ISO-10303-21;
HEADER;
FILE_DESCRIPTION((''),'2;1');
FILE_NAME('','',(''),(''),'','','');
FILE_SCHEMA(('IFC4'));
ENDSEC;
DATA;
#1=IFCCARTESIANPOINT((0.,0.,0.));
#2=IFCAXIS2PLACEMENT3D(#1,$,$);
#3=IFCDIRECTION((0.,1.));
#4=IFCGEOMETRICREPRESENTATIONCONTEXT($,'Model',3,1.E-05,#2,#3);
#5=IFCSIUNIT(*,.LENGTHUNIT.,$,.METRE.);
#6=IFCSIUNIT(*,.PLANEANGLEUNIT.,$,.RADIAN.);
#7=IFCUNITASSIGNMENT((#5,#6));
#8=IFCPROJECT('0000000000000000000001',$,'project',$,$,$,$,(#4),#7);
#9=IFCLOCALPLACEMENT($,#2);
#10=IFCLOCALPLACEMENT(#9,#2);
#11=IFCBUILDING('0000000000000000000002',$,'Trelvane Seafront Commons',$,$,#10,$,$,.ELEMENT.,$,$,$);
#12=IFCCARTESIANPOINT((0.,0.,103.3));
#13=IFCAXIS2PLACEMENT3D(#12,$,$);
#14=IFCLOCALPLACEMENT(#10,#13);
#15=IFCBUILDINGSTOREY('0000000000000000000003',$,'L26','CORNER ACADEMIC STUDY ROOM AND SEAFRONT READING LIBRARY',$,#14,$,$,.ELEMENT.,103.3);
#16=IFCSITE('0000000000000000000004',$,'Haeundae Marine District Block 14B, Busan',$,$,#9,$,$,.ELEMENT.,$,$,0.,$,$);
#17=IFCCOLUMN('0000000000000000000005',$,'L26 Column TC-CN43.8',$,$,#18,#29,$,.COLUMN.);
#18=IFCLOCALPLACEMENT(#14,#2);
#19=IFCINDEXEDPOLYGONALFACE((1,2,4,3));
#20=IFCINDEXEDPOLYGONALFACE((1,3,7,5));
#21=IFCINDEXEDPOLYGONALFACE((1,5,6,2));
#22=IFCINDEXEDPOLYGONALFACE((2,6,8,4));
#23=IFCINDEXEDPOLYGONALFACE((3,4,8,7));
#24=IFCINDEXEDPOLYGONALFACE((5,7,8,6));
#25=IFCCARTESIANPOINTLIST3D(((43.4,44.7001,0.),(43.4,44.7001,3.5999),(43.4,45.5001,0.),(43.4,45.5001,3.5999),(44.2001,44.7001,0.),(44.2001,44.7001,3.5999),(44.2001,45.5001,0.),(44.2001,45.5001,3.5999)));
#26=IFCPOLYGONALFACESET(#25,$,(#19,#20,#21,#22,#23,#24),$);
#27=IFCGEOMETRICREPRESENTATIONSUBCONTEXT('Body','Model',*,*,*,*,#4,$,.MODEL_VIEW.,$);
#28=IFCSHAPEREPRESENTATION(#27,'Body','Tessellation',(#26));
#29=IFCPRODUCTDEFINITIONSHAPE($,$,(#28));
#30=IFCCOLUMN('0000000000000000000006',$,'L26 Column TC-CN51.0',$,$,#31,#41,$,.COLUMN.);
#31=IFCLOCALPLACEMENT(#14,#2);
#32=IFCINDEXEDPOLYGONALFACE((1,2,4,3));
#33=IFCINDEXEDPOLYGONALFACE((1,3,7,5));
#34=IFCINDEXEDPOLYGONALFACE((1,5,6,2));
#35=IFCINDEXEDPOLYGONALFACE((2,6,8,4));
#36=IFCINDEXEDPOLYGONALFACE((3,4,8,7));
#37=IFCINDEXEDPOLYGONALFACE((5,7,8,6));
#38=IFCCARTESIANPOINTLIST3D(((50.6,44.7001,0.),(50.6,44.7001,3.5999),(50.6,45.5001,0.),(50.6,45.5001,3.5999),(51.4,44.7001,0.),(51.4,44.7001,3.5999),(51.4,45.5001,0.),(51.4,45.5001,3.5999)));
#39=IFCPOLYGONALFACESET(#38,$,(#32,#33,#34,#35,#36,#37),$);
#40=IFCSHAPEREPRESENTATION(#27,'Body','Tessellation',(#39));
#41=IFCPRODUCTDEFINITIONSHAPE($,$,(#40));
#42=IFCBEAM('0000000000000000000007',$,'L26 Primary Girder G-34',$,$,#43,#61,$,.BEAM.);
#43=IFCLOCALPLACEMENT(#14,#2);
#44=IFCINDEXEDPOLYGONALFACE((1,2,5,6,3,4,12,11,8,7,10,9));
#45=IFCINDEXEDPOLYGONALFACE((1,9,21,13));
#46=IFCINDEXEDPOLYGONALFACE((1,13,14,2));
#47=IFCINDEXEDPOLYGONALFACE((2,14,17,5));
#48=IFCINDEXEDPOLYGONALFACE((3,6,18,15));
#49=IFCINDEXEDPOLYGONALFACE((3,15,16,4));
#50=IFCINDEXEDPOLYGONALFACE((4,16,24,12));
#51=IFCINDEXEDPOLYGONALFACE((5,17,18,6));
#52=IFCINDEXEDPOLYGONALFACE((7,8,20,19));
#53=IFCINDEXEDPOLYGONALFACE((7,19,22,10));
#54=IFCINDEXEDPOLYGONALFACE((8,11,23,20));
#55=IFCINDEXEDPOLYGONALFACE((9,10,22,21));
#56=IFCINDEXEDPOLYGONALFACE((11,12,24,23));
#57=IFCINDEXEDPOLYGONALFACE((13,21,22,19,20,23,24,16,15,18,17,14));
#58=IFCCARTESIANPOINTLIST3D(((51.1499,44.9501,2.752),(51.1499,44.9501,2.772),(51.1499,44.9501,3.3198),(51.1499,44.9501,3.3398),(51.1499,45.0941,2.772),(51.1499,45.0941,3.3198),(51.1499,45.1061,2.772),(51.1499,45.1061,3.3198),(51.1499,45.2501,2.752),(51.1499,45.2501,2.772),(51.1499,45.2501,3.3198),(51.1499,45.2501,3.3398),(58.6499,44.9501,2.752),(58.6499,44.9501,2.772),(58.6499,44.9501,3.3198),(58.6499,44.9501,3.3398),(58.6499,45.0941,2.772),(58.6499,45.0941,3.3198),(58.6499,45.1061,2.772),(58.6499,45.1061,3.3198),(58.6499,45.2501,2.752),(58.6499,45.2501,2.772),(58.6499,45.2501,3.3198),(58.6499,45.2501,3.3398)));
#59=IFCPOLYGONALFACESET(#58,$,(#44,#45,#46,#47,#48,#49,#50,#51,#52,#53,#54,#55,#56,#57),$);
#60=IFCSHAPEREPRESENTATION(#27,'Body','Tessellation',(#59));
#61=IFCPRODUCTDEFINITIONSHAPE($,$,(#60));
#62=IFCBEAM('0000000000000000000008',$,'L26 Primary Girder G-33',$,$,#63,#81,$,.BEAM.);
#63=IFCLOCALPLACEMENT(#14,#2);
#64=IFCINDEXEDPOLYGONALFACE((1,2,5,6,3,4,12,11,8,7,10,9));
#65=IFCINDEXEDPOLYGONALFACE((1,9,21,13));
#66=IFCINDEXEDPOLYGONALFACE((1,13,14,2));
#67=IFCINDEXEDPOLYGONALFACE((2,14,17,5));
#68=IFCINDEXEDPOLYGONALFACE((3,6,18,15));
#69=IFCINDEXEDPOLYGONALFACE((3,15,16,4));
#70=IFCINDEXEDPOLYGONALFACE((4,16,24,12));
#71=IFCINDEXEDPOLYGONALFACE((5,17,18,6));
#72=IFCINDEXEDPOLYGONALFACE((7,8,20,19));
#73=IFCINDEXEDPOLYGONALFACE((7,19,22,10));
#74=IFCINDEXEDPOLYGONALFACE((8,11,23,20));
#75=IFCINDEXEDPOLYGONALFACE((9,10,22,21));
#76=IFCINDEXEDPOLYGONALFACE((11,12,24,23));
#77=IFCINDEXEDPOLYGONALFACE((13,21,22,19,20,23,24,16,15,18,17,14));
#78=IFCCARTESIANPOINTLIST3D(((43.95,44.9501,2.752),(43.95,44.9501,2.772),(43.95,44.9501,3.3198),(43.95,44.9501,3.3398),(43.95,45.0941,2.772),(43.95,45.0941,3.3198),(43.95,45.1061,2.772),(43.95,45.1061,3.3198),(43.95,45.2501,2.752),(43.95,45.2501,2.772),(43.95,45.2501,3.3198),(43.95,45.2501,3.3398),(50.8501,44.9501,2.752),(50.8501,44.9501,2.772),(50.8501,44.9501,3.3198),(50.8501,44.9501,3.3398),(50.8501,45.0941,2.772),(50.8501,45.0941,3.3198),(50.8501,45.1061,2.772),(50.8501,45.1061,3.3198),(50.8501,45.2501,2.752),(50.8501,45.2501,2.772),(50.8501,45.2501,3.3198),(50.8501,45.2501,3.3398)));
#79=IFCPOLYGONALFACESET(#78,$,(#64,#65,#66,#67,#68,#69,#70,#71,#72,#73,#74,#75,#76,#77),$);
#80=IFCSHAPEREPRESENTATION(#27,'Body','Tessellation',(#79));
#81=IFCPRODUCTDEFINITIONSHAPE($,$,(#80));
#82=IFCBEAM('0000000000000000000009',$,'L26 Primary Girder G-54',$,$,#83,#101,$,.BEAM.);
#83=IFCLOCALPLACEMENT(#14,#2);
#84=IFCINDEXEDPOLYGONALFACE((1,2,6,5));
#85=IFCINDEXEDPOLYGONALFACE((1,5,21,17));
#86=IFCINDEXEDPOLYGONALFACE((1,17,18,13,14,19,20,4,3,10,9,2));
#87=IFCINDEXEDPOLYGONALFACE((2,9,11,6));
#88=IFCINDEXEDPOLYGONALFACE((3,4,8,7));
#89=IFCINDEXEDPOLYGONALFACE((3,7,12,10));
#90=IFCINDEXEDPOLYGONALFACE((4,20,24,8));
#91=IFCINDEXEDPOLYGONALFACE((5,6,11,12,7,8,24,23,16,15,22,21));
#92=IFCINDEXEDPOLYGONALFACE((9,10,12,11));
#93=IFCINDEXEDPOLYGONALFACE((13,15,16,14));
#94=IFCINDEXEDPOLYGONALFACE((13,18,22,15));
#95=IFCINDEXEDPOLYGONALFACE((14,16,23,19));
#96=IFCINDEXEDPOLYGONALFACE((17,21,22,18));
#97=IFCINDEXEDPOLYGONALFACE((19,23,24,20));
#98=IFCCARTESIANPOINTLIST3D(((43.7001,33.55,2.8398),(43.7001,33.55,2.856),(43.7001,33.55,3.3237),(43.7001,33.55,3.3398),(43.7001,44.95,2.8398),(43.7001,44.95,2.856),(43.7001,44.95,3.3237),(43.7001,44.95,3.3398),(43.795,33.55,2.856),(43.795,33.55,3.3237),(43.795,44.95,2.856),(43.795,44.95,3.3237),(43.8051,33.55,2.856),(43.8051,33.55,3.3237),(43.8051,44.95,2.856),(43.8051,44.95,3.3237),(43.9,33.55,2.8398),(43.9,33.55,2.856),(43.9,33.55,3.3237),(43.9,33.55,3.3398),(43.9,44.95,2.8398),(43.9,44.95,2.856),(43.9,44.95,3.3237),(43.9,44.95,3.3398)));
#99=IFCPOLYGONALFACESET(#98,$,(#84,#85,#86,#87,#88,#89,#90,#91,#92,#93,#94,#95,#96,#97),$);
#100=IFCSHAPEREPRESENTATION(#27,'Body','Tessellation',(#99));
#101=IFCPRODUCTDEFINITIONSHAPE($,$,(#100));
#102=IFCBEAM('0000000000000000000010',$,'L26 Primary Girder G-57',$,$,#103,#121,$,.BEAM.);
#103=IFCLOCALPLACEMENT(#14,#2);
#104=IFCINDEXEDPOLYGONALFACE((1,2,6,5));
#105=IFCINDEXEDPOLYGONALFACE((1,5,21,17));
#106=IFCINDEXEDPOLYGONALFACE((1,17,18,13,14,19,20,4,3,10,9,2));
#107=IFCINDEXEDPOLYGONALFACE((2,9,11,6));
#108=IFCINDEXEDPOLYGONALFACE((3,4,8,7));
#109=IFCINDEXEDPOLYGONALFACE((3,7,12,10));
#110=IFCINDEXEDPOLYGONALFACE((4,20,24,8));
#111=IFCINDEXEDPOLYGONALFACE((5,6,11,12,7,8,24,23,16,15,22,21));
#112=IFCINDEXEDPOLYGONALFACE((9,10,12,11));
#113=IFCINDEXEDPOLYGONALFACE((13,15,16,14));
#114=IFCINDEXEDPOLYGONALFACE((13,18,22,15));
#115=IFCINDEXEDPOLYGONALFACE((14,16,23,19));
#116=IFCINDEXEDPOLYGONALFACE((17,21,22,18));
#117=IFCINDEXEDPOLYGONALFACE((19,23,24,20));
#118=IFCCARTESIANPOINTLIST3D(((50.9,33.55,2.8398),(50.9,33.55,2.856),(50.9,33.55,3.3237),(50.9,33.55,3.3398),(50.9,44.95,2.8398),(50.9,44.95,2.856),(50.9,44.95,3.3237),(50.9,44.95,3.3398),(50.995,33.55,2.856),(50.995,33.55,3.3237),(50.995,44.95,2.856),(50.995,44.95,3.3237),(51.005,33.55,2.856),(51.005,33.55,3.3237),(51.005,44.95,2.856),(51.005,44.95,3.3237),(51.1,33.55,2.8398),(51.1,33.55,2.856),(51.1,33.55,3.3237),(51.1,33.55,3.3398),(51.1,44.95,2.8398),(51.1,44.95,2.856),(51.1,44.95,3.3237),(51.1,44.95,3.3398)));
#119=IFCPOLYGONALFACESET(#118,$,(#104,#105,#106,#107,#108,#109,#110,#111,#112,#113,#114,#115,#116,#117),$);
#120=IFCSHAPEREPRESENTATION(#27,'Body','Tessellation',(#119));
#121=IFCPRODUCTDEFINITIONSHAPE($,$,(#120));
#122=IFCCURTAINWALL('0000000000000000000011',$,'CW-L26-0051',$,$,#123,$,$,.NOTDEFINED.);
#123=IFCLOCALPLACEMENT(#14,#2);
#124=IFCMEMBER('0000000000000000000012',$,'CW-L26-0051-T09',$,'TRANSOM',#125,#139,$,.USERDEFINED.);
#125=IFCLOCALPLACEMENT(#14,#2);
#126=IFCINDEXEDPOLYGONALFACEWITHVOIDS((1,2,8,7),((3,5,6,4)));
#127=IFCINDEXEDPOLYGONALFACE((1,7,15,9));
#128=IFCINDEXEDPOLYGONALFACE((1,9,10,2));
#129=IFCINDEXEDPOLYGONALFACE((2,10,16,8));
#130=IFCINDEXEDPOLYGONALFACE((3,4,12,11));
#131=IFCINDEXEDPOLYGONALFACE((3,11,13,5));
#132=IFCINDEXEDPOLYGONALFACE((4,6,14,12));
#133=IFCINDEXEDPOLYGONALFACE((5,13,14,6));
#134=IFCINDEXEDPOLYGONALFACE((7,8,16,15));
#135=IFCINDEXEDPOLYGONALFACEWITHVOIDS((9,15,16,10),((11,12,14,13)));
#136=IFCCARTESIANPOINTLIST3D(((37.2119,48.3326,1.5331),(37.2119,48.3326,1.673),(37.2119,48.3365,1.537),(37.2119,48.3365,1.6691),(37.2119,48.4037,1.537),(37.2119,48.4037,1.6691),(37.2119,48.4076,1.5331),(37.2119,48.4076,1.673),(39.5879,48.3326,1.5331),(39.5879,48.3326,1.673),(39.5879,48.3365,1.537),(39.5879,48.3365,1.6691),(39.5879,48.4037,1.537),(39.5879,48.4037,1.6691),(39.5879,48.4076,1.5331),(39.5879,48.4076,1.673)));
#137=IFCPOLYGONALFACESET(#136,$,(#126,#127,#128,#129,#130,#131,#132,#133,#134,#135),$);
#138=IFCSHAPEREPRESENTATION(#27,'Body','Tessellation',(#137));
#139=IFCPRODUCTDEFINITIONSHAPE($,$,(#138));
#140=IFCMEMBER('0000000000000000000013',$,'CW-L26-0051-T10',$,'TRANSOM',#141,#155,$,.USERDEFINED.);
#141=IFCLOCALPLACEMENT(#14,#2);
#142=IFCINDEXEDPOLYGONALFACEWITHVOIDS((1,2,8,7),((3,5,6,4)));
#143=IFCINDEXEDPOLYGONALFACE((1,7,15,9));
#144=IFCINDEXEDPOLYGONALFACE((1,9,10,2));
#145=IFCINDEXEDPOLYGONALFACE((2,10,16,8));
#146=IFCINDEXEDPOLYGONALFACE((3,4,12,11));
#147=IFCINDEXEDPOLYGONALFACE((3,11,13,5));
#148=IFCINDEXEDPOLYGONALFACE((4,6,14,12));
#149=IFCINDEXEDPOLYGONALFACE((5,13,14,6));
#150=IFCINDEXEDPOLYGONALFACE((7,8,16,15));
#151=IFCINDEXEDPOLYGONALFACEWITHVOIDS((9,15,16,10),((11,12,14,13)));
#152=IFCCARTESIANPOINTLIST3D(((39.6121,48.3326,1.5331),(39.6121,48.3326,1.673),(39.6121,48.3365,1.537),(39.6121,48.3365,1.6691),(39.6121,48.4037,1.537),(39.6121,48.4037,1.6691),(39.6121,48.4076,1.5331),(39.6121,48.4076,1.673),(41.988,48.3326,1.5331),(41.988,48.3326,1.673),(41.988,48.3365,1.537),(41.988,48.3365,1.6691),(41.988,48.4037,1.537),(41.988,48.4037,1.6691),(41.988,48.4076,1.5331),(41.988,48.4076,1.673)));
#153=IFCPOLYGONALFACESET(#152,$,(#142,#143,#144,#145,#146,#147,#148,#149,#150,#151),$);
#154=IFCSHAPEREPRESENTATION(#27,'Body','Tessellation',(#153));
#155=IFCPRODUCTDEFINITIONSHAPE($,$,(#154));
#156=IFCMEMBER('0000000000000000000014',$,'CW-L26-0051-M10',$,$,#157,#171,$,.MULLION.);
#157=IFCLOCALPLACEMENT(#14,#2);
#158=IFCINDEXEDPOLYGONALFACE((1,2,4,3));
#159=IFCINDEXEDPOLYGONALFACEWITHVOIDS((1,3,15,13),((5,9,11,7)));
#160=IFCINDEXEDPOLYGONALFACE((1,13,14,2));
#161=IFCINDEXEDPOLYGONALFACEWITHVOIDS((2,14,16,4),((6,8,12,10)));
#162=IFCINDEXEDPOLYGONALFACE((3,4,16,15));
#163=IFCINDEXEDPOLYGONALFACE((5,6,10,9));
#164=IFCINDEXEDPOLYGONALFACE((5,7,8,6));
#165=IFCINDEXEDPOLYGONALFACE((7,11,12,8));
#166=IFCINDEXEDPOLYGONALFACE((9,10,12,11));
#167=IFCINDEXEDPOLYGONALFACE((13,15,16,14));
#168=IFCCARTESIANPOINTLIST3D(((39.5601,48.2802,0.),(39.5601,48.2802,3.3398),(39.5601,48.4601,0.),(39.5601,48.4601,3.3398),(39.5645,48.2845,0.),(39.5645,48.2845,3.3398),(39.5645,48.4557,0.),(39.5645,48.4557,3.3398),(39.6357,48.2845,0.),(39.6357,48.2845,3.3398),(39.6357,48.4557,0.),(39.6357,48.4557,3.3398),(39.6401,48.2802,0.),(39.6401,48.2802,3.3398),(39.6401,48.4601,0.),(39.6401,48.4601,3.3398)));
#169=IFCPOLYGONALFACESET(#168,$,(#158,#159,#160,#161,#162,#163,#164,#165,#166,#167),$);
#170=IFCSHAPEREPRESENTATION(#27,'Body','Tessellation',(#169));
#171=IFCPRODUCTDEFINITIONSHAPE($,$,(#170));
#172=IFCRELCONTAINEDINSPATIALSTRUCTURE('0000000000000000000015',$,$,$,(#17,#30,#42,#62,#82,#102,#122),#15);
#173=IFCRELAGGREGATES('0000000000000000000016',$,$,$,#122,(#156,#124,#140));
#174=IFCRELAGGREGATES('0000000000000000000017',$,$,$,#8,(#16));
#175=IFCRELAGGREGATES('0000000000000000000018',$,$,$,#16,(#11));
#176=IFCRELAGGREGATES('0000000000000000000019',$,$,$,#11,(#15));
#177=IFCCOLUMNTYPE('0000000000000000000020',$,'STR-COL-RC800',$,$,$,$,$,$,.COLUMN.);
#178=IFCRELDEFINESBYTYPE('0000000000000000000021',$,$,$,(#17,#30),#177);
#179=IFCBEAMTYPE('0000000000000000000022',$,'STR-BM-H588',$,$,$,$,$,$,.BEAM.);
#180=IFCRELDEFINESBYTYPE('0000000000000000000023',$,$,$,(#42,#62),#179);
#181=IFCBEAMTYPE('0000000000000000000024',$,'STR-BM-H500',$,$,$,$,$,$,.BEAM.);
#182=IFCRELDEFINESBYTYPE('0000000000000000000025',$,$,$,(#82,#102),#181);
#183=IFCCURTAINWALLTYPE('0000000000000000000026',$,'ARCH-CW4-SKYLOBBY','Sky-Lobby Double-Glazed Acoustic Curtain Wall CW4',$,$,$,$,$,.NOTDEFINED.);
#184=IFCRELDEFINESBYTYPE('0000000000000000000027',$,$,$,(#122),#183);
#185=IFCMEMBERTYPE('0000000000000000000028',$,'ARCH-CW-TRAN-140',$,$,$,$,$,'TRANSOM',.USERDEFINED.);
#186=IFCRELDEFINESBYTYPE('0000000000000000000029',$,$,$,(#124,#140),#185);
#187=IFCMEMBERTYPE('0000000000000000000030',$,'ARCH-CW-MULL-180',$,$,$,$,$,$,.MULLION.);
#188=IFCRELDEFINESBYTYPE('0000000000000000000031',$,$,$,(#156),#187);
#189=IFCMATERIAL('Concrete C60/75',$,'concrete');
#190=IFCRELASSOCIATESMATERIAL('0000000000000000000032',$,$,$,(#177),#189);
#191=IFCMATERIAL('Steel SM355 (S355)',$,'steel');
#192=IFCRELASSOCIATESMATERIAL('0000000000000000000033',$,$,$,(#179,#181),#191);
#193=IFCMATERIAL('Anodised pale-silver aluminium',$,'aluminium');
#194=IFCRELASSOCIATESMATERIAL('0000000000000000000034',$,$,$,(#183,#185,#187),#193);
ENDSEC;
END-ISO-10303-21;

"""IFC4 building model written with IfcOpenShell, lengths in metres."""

from ifc_helpers import new_model, si_unit, direction, frame, origin, origin_2d, place, context, subcontext, project, spatial, rectangle, hollow_rectangle, i_section, extrude, source, transform, mapped, material, material_profile, profile_set, type_object, element, aggregate, save


model = new_model("IFC4")

# Units and contexts
model_context = context("Model", 3, precision=1e-05, world=origin(), true_north=direction((0.0, 1.0)))
body_context = subcontext(model_context, "Body", "Model", "MODEL_VIEW")
ifc_project = project(units=[si_unit("LENGTHUNIT", "METRE"), si_unit("PLANEANGLEUNIT", "RADIAN")], contexts=[model_context])

# Site, building, storey
site_placement = place(None, origin())
site = spatial("IfcSite", under=ifc_project, at=site_placement, Name="Haeundae Marine District Block 14B, Busan", CompositionType="ELEMENT", RefElevation=0.0)
building_placement = place(site_placement, origin())
building = spatial("IfcBuilding", under=site, at=building_placement, Name="Trelvane Seafront Commons", CompositionType="ELEMENT")
storey_placement = place(building_placement, frame((0.0, 0.0, 103.3)))
storey = spatial("IfcBuildingStorey", under=building, at=storey_placement, Name="L26", Description="CORNER ACADEMIC STUDY ROOM AND SEAFRONT READING LIBRARY", CompositionType="ELEMENT", Elevation=103.3)

# Columns
ifc_material_1 = material(Name="Concrete C60/75", Category="concrete")
ifc_material_profile_1 = material_profile(ifc_material_1, rectangle(XDim=0.8, YDim=0.8, at=origin_2d()), Name="RC-800x800")
ifc_profile_set_1 = profile_set([ifc_material_profile_1], Name="Concrete C60/75")
column_type = type_object("IfcColumnType", Name="STR-COL-RC800", PredefinedType="COLUMN", material=ifc_profile_set_1)
shared_shape_1 = source(origin(), body_context, "Body", "SweptSolid", [
    extrude(rectangle(XDim=0.8, YDim=0.8, at=origin_2d()), origin(), (0.0, 0.0, 1.0), 3.5999),
])
for number, where, z_axis, x_axis, name in (
    (1, (43.8, 45.1001, 0.0), (0.0, 0.0, 1.0), (1.0, 0.0, 0.0), "L26 Column TC-CN43.8"),
    (2, (51.0, 45.1001, 0.0), (0.0, 0.0, 1.0), (1.0, 0.0, 0.0), "L26 Column TC-CN51.0"),
):
    element("IfcColumn", number, at=place(storey_placement, frame(where, z_axis=z_axis, x_axis=x_axis)), inside=storey, type_object=column_type, Name=name, PredefinedType="COLUMN", context=body_context, shape_type="MappedRepresentation", body=[
        mapped(shared_shape_1, transform((0.0, 0.0, 0.0), x_axis=(1.0, 0.0, 0.0), y_axis=(0.0, 1.0, 0.0), z_axis=(0.0, 0.0, 1.0), scale=1.0)),
    ])

# Beams
ifc_material_2 = material(Name="Steel SM355 (S355)", Category="steel")
ifc_material_profile_2 = material_profile(ifc_material_2, i_section(OverallWidth=0.3, OverallDepth=0.5879, WebThickness=0.012, FlangeThickness=0.02, at=origin_2d()), Name="H-588x300x12x20")
ifc_profile_set_2 = profile_set([ifc_material_profile_2], Name="Steel SM355 (S355)")
beam_type_1 = type_object("IfcBeamType", Name="STR-BM-H588", PredefinedType="BEAM", material=ifc_profile_set_2)
shared_shape_2 = source(origin(), body_context, "Body", "SweptSolid", [
    extrude(i_section(OverallWidth=0.3, OverallDepth=0.5879, WebThickness=0.012, FlangeThickness=0.02, at=origin_2d()), origin(), (0.0, 0.0, 1.0), 7.5),
])
beam_1_placement = place(storey_placement, frame((51.1499, 45.1001, 3.0459), z_axis=(1.0, 0.0, 0.0), x_axis=(0.0, 1.0, 0.0)))
element("IfcBeam", 3, at=beam_1_placement, inside=storey, type_object=beam_type_1, Name="L26 Primary Girder G-34", PredefinedType="BEAM", context=body_context, shape_type="MappedRepresentation", body=[
    mapped(shared_shape_2, transform((0.0, 0.0, 0.0), x_axis=(1.0, 0.0, 0.0), y_axis=(0.0, 1.0, 0.0), z_axis=(0.0, 0.0, 1.0), scale=1.0)),
])
shared_shape_3 = source(origin(), body_context, "Body", "SweptSolid", [
    extrude(i_section(OverallWidth=0.3, OverallDepth=0.5879, WebThickness=0.012, FlangeThickness=0.02, at=origin_2d()), origin(), (0.0, 0.0, 1.0), 6.9001),
])
beam_2_placement = place(storey_placement, frame((43.95, 45.1001, 3.0459), z_axis=(1.0, 0.0, 0.0), x_axis=(0.0, 1.0, 0.0)))
element("IfcBeam", 4, at=beam_2_placement, inside=storey, type_object=beam_type_1, Name="L26 Primary Girder G-33", PredefinedType="BEAM", context=body_context, shape_type="MappedRepresentation", body=[
    mapped(shared_shape_3, transform((0.0, 0.0, 0.0), x_axis=(1.0, 0.0, 0.0), y_axis=(0.0, 1.0, 0.0), z_axis=(0.0, 0.0, 1.0), scale=1.0)),
])
ifc_material_profile_3 = material_profile(ifc_material_2, i_section(OverallWidth=0.2, OverallDepth=0.5, WebThickness=0.01, FlangeThickness=0.0161, at=origin_2d()), Name="H-500x200x10x16")
ifc_profile_set_3 = profile_set([ifc_material_profile_3], Name="Steel SM355 (S355)")
beam_type_2 = type_object("IfcBeamType", Name="STR-BM-H500", PredefinedType="BEAM", material=ifc_profile_set_3)
shared_shape_4 = source(origin(), body_context, "Body", "SweptSolid", [
    extrude(i_section(OverallWidth=0.2, OverallDepth=0.5, WebThickness=0.01, FlangeThickness=0.0161, at=origin_2d()), origin(), (0.0, 0.0, 1.0), 11.3999),
])
for number, where, z_axis, x_axis, name in (
    (5, (43.8, 33.55, 3.0898), (0.0, 1.0, 0.0), (-1.0, 0.0, 0.0), "L26 Primary Girder G-54"),
    (6, (51.0, 33.55, 3.0898), (0.0, 1.0, 0.0), (-1.0, 0.0, 0.0), "L26 Primary Girder G-57"),
):
    element("IfcBeam", number, at=place(storey_placement, frame(where, z_axis=z_axis, x_axis=x_axis)), inside=storey, type_object=beam_type_2, Name=name, PredefinedType="BEAM", context=body_context, shape_type="MappedRepresentation", body=[
        mapped(shared_shape_4, transform((0.0, 0.0, 0.0), x_axis=(1.0, 0.0, 0.0), y_axis=(0.0, 1.0, 0.0), z_axis=(0.0, 0.0, 1.0), scale=1.0)),
    ])

# Curtain wall, members
ifc_material_3 = material(Name="Anodised pale-silver aluminium", Category="aluminium")
curtain_wall_type = type_object("IfcCurtainWallType", Name="ARCH-CW4-SKYLOBBY", Description="Sky-Lobby Double-Glazed Acoustic Curtain Wall CW4", PredefinedType="NOTDEFINED", material=ifc_material_3)
curtain_wall_placement = place(storey_placement, origin())
curtain_wall = element("IfcCurtainWall", 7, at=curtain_wall_placement, inside=storey, type_object=curtain_wall_type, Name="CW-L26-0051", PredefinedType="NOTDEFINED")
ifc_material_profile_4 = material_profile(ifc_material_3, hollow_rectangle(XDim=0.075, YDim=0.1399, WallThickness=0.0039, at=origin_2d()), Name="TRAN-75x140x4")
ifc_profile_set_4 = profile_set([ifc_material_profile_4], Name="Anodised pale-silver aluminium")
member_type_1 = type_object("IfcMemberType", Name="ARCH-CW-TRAN-140", ElementType="TRANSOM", PredefinedType="USERDEFINED", material=ifc_profile_set_4)
shared_shape_5 = source(origin(), body_context, "Body", "SweptSolid", [
    extrude(hollow_rectangle(XDim=0.075, YDim=0.1399, WallThickness=0.0039, at=origin_2d()), origin(), (0.0, 0.0, 1.0), 2.376),
])
member_1_placement = place(storey_placement, frame((37.2119, 48.3701, 1.603), z_axis=(1.0, 0.0, 0.0), x_axis=(0.0, 1.0, 0.0)))
member_1 = element("IfcMember", 8, at=member_1_placement, type_object=member_type_1, Name="CW-L26-0051-T09", ObjectType="TRANSOM", PredefinedType="USERDEFINED", context=body_context, shape_type="MappedRepresentation", body=[
    mapped(shared_shape_5, transform((0.0, 0.0, 0.0), x_axis=(1.0, 0.0, 0.0), y_axis=(0.0, 1.0, 0.0), z_axis=(0.0, 0.0, 1.0), scale=1.0)),
])
member_2_placement = place(storey_placement, frame((39.6121, 48.3701, 1.603), z_axis=(1.0, 0.0, 0.0), x_axis=(0.0, 1.0, 0.0)))
member_2 = element("IfcMember", 9, at=member_2_placement, type_object=member_type_1, Name="CW-L26-0051-T10", ObjectType="TRANSOM", PredefinedType="USERDEFINED", context=body_context, shape_type="MappedRepresentation", body=[
    mapped(shared_shape_5, transform((0.0, 0.0, 0.0), x_axis=(1.0, 0.0, 0.0), y_axis=(0.0, 1.0, 0.0), z_axis=(0.0, 0.0, 1.0), scale=1.0)),
])
ifc_material_profile_5 = material_profile(ifc_material_3, hollow_rectangle(XDim=0.0801, YDim=0.1799, WallThickness=0.0044, at=origin_2d()), Name="MULL-80x180x4.5")
ifc_profile_set_5 = profile_set([ifc_material_profile_5], Name="Anodised pale-silver aluminium")
member_type_2 = type_object("IfcMemberType", Name="ARCH-CW-MULL-180", PredefinedType="MULLION", material=ifc_profile_set_5)
shared_shape_6 = source(origin(), body_context, "Body", "SweptSolid", [
    extrude(hollow_rectangle(XDim=0.0801, YDim=0.1799, WallThickness=0.0044, at=origin_2d()), origin(), (0.0, 0.0, 1.0), 3.3398),
])
member_3_placement = place(storey_placement, frame((39.6001, 48.3701, 0.0), z_axis=(0.0, 0.0, 1.0), x_axis=(1.0, 0.0, 0.0)))
member_3 = element("IfcMember", 10, at=member_3_placement, type_object=member_type_2, Name="CW-L26-0051-M10", PredefinedType="MULLION", context=body_context, shape_type="MappedRepresentation", body=[
    mapped(shared_shape_6, transform((0.0, 0.0, 0.0), x_axis=(1.0, 0.0, 0.0), y_axis=(0.0, 1.0, 0.0), z_axis=(0.0, 0.0, 1.0), scale=1.0)),
])
aggregate(curtain_wall, [member_3, member_1, member_2])

save(model, "model.ifc")
